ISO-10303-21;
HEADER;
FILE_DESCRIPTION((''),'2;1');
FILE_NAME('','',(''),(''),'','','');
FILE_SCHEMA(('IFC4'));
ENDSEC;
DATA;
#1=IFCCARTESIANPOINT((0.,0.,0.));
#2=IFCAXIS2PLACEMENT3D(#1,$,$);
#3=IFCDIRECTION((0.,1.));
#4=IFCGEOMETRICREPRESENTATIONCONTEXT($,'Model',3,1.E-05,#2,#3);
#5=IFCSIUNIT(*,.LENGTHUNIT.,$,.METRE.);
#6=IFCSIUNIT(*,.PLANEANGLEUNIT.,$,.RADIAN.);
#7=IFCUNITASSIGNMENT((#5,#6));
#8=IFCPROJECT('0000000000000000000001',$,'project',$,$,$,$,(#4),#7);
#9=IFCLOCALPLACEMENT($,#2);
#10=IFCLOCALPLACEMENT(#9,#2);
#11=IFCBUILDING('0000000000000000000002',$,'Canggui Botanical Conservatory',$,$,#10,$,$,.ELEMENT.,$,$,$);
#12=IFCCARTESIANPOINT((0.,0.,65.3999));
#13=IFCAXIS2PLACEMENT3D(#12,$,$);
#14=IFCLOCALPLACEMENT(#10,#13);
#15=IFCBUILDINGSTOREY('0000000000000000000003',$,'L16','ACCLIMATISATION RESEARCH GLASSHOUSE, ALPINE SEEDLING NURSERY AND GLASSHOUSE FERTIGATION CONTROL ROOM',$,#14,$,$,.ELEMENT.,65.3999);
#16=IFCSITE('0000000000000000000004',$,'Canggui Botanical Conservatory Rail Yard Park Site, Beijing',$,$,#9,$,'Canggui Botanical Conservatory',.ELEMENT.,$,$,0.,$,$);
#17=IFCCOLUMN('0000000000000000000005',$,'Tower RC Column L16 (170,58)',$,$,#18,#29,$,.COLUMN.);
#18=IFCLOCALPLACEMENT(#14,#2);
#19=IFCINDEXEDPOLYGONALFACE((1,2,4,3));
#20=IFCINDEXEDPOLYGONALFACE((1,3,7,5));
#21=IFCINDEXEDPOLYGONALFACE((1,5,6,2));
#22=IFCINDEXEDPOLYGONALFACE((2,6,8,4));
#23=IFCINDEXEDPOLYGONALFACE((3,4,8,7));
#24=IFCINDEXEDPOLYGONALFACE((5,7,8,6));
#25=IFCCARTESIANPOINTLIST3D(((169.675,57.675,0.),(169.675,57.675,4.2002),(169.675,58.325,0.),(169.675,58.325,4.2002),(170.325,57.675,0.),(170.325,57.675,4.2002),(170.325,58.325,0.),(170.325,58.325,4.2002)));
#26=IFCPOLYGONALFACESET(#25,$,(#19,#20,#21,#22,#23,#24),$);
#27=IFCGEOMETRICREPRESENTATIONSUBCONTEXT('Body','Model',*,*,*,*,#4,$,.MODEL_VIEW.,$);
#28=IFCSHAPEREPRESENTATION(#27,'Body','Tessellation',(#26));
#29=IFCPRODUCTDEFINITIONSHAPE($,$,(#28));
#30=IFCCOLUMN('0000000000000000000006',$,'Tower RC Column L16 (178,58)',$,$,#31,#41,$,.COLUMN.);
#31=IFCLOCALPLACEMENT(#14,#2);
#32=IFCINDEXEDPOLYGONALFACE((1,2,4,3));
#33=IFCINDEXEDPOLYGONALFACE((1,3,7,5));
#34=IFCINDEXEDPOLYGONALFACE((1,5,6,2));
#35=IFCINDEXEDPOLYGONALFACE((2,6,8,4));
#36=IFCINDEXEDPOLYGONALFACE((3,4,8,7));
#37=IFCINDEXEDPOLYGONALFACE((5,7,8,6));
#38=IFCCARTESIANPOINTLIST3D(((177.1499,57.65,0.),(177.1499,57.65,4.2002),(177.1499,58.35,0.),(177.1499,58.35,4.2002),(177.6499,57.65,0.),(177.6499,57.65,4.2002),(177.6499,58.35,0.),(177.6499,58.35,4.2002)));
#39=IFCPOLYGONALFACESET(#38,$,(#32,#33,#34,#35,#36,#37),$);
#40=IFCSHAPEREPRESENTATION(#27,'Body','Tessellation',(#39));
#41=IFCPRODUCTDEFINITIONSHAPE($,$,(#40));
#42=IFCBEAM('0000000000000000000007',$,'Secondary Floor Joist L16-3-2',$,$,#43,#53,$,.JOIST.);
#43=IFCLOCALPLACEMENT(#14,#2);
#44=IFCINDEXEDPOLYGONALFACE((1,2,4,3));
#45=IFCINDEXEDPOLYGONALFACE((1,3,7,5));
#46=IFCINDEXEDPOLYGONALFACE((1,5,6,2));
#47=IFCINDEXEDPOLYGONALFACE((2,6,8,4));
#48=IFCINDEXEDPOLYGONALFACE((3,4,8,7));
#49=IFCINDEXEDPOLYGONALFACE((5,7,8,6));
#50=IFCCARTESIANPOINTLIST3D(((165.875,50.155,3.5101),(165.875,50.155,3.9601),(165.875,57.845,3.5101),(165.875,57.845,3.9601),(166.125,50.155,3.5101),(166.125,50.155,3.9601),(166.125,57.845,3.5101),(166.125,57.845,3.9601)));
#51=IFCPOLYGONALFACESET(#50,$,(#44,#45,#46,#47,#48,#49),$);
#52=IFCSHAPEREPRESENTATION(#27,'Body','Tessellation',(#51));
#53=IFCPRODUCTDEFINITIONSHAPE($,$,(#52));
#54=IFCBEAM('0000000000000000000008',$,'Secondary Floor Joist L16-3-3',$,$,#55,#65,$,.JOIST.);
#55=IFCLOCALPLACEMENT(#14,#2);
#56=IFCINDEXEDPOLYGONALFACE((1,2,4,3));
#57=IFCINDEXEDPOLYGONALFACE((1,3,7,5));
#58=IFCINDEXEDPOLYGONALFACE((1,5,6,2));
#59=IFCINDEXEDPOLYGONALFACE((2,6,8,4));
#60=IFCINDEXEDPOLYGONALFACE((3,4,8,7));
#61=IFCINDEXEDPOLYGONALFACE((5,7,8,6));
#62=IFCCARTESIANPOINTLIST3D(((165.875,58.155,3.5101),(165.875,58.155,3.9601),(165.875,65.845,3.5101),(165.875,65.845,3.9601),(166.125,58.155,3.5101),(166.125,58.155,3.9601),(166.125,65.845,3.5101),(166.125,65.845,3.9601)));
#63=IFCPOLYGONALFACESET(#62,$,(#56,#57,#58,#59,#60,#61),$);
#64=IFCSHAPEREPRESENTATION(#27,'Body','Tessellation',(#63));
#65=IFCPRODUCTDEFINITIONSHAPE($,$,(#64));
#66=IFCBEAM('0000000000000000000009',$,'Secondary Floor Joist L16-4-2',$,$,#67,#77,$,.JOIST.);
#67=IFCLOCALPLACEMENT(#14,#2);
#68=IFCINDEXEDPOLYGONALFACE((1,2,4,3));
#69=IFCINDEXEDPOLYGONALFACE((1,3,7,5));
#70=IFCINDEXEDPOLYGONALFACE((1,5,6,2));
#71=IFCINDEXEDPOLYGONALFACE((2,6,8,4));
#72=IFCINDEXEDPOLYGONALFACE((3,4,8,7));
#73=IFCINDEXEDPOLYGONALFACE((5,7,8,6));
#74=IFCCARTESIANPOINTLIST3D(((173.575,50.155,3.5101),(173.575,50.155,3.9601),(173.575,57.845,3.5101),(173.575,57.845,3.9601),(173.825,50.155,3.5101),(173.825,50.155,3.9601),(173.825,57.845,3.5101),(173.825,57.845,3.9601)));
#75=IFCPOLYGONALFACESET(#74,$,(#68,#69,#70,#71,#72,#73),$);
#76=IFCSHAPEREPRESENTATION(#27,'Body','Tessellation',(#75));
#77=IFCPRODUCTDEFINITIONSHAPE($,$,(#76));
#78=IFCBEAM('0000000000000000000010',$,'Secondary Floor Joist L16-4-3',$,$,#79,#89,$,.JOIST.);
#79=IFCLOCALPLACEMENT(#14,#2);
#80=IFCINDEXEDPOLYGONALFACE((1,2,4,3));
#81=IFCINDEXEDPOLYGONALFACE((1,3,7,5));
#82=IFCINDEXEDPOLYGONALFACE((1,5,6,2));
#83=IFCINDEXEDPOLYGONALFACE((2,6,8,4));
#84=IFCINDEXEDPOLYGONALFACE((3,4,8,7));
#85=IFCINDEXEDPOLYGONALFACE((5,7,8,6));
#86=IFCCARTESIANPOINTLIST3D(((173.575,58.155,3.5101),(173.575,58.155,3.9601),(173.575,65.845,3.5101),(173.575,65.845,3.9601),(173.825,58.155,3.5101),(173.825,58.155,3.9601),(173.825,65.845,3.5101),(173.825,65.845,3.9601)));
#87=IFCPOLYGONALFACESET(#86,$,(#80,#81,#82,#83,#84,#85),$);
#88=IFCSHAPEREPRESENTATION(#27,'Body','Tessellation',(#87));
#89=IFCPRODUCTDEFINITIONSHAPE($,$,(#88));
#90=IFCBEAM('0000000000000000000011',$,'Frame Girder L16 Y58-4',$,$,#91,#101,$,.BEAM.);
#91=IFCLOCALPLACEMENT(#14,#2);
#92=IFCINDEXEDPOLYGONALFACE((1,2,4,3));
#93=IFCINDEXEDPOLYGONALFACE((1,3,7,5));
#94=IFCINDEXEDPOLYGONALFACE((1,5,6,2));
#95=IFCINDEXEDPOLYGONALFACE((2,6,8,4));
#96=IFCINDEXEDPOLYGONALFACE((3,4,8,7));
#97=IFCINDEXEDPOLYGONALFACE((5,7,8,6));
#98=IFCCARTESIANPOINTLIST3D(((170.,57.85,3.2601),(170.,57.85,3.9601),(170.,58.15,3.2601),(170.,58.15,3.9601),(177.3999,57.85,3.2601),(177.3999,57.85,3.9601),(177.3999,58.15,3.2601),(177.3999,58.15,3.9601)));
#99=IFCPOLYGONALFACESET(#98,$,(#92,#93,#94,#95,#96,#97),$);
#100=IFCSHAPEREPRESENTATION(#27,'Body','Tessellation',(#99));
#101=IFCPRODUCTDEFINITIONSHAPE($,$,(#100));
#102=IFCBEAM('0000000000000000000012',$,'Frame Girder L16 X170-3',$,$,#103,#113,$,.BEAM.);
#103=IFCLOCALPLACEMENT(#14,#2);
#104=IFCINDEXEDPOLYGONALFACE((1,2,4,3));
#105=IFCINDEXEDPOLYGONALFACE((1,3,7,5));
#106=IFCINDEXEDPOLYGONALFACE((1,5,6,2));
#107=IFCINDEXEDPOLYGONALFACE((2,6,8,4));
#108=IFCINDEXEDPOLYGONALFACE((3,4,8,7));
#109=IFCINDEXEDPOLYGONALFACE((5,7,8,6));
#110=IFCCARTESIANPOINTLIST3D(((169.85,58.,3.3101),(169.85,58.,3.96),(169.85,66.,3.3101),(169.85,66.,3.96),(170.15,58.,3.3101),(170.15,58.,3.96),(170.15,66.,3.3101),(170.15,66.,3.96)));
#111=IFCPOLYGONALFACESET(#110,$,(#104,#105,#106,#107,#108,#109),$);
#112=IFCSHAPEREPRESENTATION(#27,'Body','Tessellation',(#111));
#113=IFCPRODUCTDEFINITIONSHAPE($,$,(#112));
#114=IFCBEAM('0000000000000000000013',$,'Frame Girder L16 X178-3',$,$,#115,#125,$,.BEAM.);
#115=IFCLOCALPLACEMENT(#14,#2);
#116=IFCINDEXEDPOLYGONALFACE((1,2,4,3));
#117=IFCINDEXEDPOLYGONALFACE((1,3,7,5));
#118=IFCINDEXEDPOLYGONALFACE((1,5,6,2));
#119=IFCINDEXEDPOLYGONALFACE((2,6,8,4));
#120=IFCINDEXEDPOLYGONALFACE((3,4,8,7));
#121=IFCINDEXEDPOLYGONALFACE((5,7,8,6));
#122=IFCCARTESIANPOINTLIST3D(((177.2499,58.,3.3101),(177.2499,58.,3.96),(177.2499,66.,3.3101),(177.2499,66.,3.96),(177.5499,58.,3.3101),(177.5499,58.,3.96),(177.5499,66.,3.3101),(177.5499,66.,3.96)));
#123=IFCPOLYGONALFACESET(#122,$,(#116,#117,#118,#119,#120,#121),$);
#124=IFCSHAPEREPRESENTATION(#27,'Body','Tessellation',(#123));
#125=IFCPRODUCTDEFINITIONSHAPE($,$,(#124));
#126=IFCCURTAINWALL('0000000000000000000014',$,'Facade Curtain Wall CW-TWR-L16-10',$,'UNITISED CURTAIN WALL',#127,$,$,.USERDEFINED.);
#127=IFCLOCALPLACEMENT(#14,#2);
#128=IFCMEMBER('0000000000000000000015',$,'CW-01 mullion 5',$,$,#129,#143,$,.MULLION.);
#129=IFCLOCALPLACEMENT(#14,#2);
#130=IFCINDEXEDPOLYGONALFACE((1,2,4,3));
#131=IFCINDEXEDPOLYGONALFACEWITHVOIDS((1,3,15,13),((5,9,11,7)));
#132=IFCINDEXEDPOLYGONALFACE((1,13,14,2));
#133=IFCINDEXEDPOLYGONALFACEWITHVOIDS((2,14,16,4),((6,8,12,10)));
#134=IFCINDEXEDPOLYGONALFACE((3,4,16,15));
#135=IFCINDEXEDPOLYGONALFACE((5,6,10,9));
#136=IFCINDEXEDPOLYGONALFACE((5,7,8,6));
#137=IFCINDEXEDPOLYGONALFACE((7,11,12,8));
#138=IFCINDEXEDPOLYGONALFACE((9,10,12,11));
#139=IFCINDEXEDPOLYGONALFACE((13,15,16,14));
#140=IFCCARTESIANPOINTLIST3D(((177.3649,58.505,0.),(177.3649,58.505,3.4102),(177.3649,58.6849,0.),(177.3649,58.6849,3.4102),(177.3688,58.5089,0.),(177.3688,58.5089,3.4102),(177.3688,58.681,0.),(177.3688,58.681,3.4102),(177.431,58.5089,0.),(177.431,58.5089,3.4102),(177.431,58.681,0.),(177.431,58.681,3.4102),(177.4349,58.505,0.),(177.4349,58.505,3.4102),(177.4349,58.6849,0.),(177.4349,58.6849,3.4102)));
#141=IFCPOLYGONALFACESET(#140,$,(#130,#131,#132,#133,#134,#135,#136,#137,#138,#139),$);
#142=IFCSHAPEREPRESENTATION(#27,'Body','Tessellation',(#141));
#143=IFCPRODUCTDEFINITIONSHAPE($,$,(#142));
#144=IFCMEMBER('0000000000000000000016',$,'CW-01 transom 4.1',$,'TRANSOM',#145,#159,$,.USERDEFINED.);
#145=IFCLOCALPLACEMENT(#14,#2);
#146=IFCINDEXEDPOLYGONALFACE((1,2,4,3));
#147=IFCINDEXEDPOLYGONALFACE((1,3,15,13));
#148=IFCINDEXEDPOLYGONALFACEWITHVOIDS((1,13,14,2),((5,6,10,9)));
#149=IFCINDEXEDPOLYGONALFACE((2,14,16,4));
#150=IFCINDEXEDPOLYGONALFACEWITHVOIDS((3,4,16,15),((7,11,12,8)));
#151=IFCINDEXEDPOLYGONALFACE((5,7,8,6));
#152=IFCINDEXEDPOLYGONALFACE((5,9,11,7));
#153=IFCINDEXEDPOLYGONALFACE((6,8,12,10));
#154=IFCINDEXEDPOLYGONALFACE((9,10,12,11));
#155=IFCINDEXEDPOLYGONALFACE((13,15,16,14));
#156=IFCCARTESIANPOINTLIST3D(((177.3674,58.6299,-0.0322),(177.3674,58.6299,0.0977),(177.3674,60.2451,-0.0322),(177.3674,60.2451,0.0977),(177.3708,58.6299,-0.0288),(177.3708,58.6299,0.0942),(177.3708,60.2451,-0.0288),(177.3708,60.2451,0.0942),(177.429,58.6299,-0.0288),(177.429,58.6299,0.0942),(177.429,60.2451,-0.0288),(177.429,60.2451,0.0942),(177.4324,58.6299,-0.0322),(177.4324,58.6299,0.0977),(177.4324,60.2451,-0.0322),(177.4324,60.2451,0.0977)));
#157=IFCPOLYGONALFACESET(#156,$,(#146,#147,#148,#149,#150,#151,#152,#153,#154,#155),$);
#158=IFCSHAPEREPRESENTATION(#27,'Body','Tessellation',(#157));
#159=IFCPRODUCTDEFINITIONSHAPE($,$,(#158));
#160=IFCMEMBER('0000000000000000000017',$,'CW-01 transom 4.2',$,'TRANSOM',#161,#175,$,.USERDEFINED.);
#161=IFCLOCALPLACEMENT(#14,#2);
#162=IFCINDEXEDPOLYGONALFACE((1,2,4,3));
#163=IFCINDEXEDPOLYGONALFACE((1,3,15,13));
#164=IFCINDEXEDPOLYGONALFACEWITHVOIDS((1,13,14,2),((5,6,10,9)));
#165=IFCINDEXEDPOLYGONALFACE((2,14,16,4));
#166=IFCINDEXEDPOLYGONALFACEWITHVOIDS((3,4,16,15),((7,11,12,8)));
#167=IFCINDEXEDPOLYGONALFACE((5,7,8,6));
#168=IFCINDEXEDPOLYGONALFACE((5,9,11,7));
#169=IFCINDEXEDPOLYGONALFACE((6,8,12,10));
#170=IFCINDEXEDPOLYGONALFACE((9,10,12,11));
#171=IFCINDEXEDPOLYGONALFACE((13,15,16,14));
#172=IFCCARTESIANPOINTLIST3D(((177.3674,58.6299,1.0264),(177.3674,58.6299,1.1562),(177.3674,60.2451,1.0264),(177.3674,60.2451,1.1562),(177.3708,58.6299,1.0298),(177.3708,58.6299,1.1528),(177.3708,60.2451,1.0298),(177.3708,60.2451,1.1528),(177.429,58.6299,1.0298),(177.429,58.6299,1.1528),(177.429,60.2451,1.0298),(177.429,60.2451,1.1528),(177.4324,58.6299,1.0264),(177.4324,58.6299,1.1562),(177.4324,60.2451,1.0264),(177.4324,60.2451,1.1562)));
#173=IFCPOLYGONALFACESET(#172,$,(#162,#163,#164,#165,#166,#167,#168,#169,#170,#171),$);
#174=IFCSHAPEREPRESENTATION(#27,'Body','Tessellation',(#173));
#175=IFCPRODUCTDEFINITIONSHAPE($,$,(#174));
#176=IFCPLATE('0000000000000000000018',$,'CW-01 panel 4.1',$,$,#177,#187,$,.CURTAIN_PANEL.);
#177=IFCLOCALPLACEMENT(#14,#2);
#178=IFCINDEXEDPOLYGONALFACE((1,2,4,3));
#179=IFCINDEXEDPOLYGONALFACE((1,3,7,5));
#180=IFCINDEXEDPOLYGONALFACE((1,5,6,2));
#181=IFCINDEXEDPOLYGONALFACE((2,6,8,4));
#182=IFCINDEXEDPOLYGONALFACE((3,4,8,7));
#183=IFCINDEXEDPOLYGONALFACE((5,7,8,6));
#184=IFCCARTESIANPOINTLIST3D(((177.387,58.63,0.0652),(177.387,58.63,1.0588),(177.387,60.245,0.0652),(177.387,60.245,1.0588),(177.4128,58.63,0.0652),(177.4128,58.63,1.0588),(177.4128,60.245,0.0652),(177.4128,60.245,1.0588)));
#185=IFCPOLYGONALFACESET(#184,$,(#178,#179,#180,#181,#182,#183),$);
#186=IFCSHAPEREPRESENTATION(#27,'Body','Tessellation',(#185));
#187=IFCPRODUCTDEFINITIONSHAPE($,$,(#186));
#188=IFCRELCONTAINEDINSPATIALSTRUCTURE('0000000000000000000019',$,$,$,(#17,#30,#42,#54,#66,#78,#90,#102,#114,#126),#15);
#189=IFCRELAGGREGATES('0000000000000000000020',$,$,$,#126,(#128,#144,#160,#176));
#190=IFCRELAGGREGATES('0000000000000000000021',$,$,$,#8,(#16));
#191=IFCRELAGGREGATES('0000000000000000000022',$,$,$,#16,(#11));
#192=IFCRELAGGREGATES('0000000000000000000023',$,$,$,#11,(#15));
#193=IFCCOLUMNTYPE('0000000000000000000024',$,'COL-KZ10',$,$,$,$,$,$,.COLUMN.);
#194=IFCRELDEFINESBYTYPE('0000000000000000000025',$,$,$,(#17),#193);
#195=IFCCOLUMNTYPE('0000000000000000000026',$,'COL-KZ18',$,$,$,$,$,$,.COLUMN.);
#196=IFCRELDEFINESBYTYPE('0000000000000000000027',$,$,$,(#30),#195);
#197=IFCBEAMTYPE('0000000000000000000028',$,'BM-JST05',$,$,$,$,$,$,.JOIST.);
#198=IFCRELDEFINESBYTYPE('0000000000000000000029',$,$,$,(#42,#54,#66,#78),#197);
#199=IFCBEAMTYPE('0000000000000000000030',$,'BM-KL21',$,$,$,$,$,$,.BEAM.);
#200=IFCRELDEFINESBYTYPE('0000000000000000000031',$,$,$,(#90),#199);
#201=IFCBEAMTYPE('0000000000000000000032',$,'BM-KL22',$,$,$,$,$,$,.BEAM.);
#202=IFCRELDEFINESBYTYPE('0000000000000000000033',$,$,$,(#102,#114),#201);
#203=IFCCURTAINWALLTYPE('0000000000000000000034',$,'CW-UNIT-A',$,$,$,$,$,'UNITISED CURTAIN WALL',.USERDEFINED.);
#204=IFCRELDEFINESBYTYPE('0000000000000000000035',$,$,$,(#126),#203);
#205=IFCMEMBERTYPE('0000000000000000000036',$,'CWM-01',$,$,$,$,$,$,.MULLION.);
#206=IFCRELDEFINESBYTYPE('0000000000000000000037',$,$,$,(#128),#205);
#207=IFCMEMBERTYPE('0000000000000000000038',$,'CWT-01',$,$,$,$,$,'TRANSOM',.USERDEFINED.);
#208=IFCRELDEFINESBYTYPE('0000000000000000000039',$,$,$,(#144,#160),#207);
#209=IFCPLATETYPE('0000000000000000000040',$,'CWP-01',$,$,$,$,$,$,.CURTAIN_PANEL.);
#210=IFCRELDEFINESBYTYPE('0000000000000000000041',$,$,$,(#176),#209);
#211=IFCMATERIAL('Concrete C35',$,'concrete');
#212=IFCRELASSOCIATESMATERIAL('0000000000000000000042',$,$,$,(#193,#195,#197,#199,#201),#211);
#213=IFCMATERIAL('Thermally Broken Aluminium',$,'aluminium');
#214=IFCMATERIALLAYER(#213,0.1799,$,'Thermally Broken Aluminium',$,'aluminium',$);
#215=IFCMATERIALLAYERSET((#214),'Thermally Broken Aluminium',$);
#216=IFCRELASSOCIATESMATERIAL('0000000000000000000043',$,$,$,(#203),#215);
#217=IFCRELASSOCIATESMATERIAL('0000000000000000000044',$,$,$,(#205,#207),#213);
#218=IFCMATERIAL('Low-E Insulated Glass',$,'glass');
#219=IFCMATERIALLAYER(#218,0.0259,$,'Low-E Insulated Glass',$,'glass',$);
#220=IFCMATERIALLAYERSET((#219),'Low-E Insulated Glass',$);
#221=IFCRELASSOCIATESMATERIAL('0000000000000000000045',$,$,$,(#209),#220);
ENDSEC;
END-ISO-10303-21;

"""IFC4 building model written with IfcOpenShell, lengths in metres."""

from ifc_helpers import new_model, si_unit, direction, frame, origin, origin_2d, place, context, subcontext, project, spatial, rectangle, hollow_rectangle, extrude, material, layer, layer_set, material_profile, profile_set, type_object, element, aggregate, save


model = new_model("IFC4")

# Units and contexts
model_context = context("Model", 3, precision=1e-05, world=origin(), true_north=direction((0.0, 1.0)))
body_context = subcontext(model_context, "Body", "Model", "MODEL_VIEW")
ifc_project = project(units=[si_unit("LENGTHUNIT", "METRE"), si_unit("PLANEANGLEUNIT", "RADIAN")], contexts=[model_context])

# Site, building, storey
site_placement = place(None, origin())
site = spatial("IfcSite", under=ifc_project, at=site_placement, Name="Canggui Botanical Conservatory Rail Yard Park Site, Beijing", LongName="Canggui Botanical Conservatory", CompositionType="ELEMENT", RefElevation=0.0)
building_placement = place(site_placement, origin())
building = spatial("IfcBuilding", under=site, at=building_placement, Name="Canggui Botanical Conservatory", CompositionType="ELEMENT")
storey_placement = place(building_placement, frame((0.0, 0.0, 65.3999)))
storey = spatial("IfcBuildingStorey", under=building, at=storey_placement, Name="L16", Description="ACCLIMATISATION RESEARCH GLASSHOUSE, ALPINE SEEDLING NURSERY AND GLASSHOUSE FERTIGATION CONTROL ROOM", CompositionType="ELEMENT", Elevation=65.3999)

# Columns
ifc_material_1 = material(Name="Concrete C35", Category="concrete")
ifc_material_profile_1 = material_profile(ifc_material_1, rectangle(XDim=0.6499, YDim=0.6499, at=origin_2d()), Name="RC 650x650")
ifc_profile_set_1 = profile_set([ifc_material_profile_1], Name="Concrete C35")
column_type_1 = type_object("IfcColumnType", Name="COL-KZ10", PredefinedType="COLUMN", material=ifc_profile_set_1)
column_1_placement = place(storey_placement, frame((170.0, 58.0, 0.0), z_axis=(0.0, 0.0, 1.0), x_axis=(1.0, 0.0, 0.0)))
element("IfcColumn", 1, at=column_1_placement, inside=storey, type_object=column_type_1, Name="Tower RC Column L16 (170,58)", PredefinedType="COLUMN", context=body_context, shape_type="SweptSolid", body=[
    extrude(rectangle(XDim=0.6499, YDim=0.6499, at=origin_2d()), origin(), (0.0, 0.0, 1.0), 4.2002),
])
ifc_material_profile_2 = material_profile(ifc_material_1, rectangle(XDim=0.5, YDim=0.7, at=origin_2d()), Name="RC 500x700")
ifc_profile_set_2 = profile_set([ifc_material_profile_2], Name="Concrete C35")
column_type_2 = type_object("IfcColumnType", Name="COL-KZ18", PredefinedType="COLUMN", material=ifc_profile_set_2)
column_2_placement = place(storey_placement, frame((177.3999, 58.0, 0.0), z_axis=(0.0, 0.0, 1.0), x_axis=(1.0, 0.0, 0.0)))
element("IfcColumn", 2, at=column_2_placement, inside=storey, type_object=column_type_2, Name="Tower RC Column L16 (178,58)", PredefinedType="COLUMN", context=body_context, shape_type="SweptSolid", body=[
    extrude(rectangle(XDim=0.5, YDim=0.7, at=origin_2d()), origin(), (0.0, 0.0, 1.0), 4.2002),
])

# Beams
ifc_material_profile_3 = material_profile(ifc_material_1, rectangle(XDim=0.25, YDim=0.45, at=origin_2d()), Name="RB 250x450")
ifc_profile_set_3 = profile_set([ifc_material_profile_3], Name="Concrete C35")
beam_type_1 = type_object("IfcBeamType", Name="BM-JST05", PredefinedType="JOIST", material=ifc_profile_set_3)
for number, where, z_axis, x_axis, name in (
    (3, (166.0, 50.155, 3.7351), (0.0, 1.0, 0.0), (-1.0, 0.0, 0.0), "Secondary Floor Joist L16-3-2"),
    (4, (166.0, 58.155, 3.7351), (0.0, 1.0, 0.0), (-1.0, 0.0, 0.0), "Secondary Floor Joist L16-3-3"),
    (5, (173.7, 50.155, 3.7351), (0.0, 1.0, 0.0), (-1.0, 0.0, 0.0), "Secondary Floor Joist L16-4-2"),
    (6, (173.7, 58.155, 3.7351), (0.0, 1.0, 0.0), (-1.0, 0.0, 0.0), "Secondary Floor Joist L16-4-3"),
):
    element("IfcBeam", number, at=place(storey_placement, frame(where, z_axis=z_axis, x_axis=x_axis)), inside=storey, type_object=beam_type_1, Name=name, PredefinedType="JOIST", context=body_context, shape_type="SweptSolid", body=[
        extrude(rectangle(XDim=0.25, YDim=0.45, at=origin_2d()), origin(), (0.0, 0.0, 1.0), 7.6899),
    ])
ifc_material_profile_4 = material_profile(ifc_material_1, rectangle(XDim=0.3, YDim=0.7, at=origin_2d()), Name="RB 300x700")
ifc_profile_set_4 = profile_set([ifc_material_profile_4], Name="Concrete C35")
beam_type_2 = type_object("IfcBeamType", Name="BM-KL21", PredefinedType="BEAM", material=ifc_profile_set_4)
beam_placement = place(storey_placement, frame((170.0, 58.0, 3.6101), z_axis=(1.0, 0.0, 0.0), x_axis=(0.0, 1.0, 0.0)))
element("IfcBeam", 7, at=beam_placement, inside=storey, type_object=beam_type_2, Name="Frame Girder L16 Y58-4", PredefinedType="BEAM", context=body_context, shape_type="SweptSolid", body=[
    extrude(rectangle(XDim=0.3, YDim=0.7, at=origin_2d()), origin(), (0.0, 0.0, 1.0), 7.3999),
])
ifc_material_profile_5 = material_profile(ifc_material_1, rectangle(XDim=0.3, YDim=0.6499, at=origin_2d()), Name="RB 300x650")
ifc_profile_set_5 = profile_set([ifc_material_profile_5], Name="Concrete C35")
beam_type_3 = type_object("IfcBeamType", Name="BM-KL22", PredefinedType="BEAM", material=ifc_profile_set_5)
for number, where, z_axis, x_axis, name in (
    (8, (170.0, 58.0, 3.635), (0.0, 1.0, 0.0), (-1.0, 0.0, 0.0), "Frame Girder L16 X170-3"),
    (9, (177.3999, 58.0, 3.635), (0.0, 1.0, 0.0), (-1.0, 0.0, 0.0), "Frame Girder L16 X178-3"),
):
    element("IfcBeam", number, at=place(storey_placement, frame(where, z_axis=z_axis, x_axis=x_axis)), inside=storey, type_object=beam_type_3, Name=name, PredefinedType="BEAM", context=body_context, shape_type="SweptSolid", body=[
        extrude(rectangle(XDim=0.3, YDim=0.6499, at=origin_2d()), origin(), (0.0, 0.0, 1.0), 8.0),
    ])

# Curtain wall, members, plate
ifc_material_2 = material(Name="Thermally Broken Aluminium", Category="aluminium")
ifc_layer_1 = layer(ifc_material_2, 0.1799, Name="Thermally Broken Aluminium", Category="aluminium")
ifc_layer_set_1 = layer_set([ifc_layer_1], Name="Thermally Broken Aluminium")
curtain_wall_type = type_object("IfcCurtainWallType", Name="CW-UNIT-A", ElementType="UNITISED CURTAIN WALL", PredefinedType="USERDEFINED", material=ifc_layer_set_1)
curtain_wall_placement = place(storey_placement, origin())
curtain_wall = element("IfcCurtainWall", 10, at=curtain_wall_placement, inside=storey, type_object=curtain_wall_type, Name="Facade Curtain Wall CW-TWR-L16-10", ObjectType="UNITISED CURTAIN WALL", PredefinedType="USERDEFINED")
ifc_material_profile_6 = material_profile(ifc_material_2, hollow_rectangle(XDim=0.0701, YDim=0.1799, WallThickness=0.0039, at=origin_2d()), Name="CWM 70x180x4")
ifc_profile_set_6 = profile_set([ifc_material_profile_6], Name="Thermally Broken Aluminium")
member_type_1 = type_object("IfcMemberType", Name="CWM-01", PredefinedType="MULLION", material=ifc_profile_set_6)
member_1_placement = place(storey_placement, frame((177.3999, 58.595, 0.0), z_axis=(0.0, 0.0, 1.0), x_axis=(1.0, 0.0, 0.0)))
member_1 = element("IfcMember", 11, at=member_1_placement, type_object=member_type_1, Name="CW-01 mullion 5", PredefinedType="MULLION", context=body_context, shape_type="SweptSolid", body=[
    extrude(hollow_rectangle(XDim=0.0701, YDim=0.1799, WallThickness=0.0039, at=origin_2d()), origin(), (0.0, 0.0, 1.0), 3.4102),
])
ifc_material_profile_7 = material_profile(ifc_material_2, hollow_rectangle(XDim=0.0649, YDim=0.1299, WallThickness=0.0034, at=origin_2d()), Name="CWT 65x130x3.5")
ifc_profile_set_7 = profile_set([ifc_material_profile_7], Name="Thermally Broken Aluminium")
member_type_2 = type_object("IfcMemberType", Name="CWT-01", ElementType="TRANSOM", PredefinedType="USERDEFINED", material=ifc_profile_set_7)
member_2_placement = place(storey_placement, frame((177.3999, 60.2451, 0.0327), z_axis=(0.0, -1.0, 0.0), x_axis=(1.0, 0.0, 0.0)))
member_2 = element("IfcMember", 12, at=member_2_placement, type_object=member_type_2, Name="CW-01 transom 4.1", ObjectType="TRANSOM", PredefinedType="USERDEFINED", context=body_context, shape_type="SweptSolid", body=[
    extrude(hollow_rectangle(XDim=0.0649, YDim=0.1299, WallThickness=0.0034, at=origin_2d()), origin(), (0.0, 0.0, 1.0), 1.6152),
])
member_3_placement = place(storey_placement, frame((177.3999, 60.2451, 1.0913), z_axis=(0.0, -1.0, 0.0), x_axis=(1.0, 0.0, 0.0)))
member_3 = element("IfcMember", 13, at=member_3_placement, type_object=member_type_2, Name="CW-01 transom 4.2", ObjectType="TRANSOM", PredefinedType="USERDEFINED", context=body_context, shape_type="SweptSolid", body=[
    extrude(hollow_rectangle(XDim=0.0649, YDim=0.1299, WallThickness=0.0034, at=origin_2d()), origin(), (0.0, 0.0, 1.0), 1.6152),
])
ifc_material_3 = material(Name="Low-E Insulated Glass", Category="glass")
ifc_layer_2 = layer(ifc_material_3, 0.0259, Name="Low-E Insulated Glass", Category="glass")
ifc_layer_set_2 = layer_set([ifc_layer_2], Name="Low-E Insulated Glass")
plate_type = type_object("IfcPlateType", Name="CWP-01", PredefinedType="CURTAIN_PANEL", material=ifc_layer_set_2)
plate_1_placement = place(storey_placement, frame((177.3999, 59.4375, 0.0652), z_axis=(0.0, 0.0, 1.0), x_axis=(0.0, -1.0, 0.0)))
plate_1 = element("IfcPlate", 14, at=plate_1_placement, type_object=plate_type, Name="CW-01 panel 4.1", PredefinedType="CURTAIN_PANEL", context=body_context, shape_type="SweptSolid", body=[
    extrude(rectangle(XDim=1.615, YDim=0.0259, at=origin_2d()), origin(), (0.0, 0.0, 1.0), 0.9937),
])
aggregate(curtain_wall, [member_1, member_2, member_3, plate_1])

save(model, "model.ifc")
